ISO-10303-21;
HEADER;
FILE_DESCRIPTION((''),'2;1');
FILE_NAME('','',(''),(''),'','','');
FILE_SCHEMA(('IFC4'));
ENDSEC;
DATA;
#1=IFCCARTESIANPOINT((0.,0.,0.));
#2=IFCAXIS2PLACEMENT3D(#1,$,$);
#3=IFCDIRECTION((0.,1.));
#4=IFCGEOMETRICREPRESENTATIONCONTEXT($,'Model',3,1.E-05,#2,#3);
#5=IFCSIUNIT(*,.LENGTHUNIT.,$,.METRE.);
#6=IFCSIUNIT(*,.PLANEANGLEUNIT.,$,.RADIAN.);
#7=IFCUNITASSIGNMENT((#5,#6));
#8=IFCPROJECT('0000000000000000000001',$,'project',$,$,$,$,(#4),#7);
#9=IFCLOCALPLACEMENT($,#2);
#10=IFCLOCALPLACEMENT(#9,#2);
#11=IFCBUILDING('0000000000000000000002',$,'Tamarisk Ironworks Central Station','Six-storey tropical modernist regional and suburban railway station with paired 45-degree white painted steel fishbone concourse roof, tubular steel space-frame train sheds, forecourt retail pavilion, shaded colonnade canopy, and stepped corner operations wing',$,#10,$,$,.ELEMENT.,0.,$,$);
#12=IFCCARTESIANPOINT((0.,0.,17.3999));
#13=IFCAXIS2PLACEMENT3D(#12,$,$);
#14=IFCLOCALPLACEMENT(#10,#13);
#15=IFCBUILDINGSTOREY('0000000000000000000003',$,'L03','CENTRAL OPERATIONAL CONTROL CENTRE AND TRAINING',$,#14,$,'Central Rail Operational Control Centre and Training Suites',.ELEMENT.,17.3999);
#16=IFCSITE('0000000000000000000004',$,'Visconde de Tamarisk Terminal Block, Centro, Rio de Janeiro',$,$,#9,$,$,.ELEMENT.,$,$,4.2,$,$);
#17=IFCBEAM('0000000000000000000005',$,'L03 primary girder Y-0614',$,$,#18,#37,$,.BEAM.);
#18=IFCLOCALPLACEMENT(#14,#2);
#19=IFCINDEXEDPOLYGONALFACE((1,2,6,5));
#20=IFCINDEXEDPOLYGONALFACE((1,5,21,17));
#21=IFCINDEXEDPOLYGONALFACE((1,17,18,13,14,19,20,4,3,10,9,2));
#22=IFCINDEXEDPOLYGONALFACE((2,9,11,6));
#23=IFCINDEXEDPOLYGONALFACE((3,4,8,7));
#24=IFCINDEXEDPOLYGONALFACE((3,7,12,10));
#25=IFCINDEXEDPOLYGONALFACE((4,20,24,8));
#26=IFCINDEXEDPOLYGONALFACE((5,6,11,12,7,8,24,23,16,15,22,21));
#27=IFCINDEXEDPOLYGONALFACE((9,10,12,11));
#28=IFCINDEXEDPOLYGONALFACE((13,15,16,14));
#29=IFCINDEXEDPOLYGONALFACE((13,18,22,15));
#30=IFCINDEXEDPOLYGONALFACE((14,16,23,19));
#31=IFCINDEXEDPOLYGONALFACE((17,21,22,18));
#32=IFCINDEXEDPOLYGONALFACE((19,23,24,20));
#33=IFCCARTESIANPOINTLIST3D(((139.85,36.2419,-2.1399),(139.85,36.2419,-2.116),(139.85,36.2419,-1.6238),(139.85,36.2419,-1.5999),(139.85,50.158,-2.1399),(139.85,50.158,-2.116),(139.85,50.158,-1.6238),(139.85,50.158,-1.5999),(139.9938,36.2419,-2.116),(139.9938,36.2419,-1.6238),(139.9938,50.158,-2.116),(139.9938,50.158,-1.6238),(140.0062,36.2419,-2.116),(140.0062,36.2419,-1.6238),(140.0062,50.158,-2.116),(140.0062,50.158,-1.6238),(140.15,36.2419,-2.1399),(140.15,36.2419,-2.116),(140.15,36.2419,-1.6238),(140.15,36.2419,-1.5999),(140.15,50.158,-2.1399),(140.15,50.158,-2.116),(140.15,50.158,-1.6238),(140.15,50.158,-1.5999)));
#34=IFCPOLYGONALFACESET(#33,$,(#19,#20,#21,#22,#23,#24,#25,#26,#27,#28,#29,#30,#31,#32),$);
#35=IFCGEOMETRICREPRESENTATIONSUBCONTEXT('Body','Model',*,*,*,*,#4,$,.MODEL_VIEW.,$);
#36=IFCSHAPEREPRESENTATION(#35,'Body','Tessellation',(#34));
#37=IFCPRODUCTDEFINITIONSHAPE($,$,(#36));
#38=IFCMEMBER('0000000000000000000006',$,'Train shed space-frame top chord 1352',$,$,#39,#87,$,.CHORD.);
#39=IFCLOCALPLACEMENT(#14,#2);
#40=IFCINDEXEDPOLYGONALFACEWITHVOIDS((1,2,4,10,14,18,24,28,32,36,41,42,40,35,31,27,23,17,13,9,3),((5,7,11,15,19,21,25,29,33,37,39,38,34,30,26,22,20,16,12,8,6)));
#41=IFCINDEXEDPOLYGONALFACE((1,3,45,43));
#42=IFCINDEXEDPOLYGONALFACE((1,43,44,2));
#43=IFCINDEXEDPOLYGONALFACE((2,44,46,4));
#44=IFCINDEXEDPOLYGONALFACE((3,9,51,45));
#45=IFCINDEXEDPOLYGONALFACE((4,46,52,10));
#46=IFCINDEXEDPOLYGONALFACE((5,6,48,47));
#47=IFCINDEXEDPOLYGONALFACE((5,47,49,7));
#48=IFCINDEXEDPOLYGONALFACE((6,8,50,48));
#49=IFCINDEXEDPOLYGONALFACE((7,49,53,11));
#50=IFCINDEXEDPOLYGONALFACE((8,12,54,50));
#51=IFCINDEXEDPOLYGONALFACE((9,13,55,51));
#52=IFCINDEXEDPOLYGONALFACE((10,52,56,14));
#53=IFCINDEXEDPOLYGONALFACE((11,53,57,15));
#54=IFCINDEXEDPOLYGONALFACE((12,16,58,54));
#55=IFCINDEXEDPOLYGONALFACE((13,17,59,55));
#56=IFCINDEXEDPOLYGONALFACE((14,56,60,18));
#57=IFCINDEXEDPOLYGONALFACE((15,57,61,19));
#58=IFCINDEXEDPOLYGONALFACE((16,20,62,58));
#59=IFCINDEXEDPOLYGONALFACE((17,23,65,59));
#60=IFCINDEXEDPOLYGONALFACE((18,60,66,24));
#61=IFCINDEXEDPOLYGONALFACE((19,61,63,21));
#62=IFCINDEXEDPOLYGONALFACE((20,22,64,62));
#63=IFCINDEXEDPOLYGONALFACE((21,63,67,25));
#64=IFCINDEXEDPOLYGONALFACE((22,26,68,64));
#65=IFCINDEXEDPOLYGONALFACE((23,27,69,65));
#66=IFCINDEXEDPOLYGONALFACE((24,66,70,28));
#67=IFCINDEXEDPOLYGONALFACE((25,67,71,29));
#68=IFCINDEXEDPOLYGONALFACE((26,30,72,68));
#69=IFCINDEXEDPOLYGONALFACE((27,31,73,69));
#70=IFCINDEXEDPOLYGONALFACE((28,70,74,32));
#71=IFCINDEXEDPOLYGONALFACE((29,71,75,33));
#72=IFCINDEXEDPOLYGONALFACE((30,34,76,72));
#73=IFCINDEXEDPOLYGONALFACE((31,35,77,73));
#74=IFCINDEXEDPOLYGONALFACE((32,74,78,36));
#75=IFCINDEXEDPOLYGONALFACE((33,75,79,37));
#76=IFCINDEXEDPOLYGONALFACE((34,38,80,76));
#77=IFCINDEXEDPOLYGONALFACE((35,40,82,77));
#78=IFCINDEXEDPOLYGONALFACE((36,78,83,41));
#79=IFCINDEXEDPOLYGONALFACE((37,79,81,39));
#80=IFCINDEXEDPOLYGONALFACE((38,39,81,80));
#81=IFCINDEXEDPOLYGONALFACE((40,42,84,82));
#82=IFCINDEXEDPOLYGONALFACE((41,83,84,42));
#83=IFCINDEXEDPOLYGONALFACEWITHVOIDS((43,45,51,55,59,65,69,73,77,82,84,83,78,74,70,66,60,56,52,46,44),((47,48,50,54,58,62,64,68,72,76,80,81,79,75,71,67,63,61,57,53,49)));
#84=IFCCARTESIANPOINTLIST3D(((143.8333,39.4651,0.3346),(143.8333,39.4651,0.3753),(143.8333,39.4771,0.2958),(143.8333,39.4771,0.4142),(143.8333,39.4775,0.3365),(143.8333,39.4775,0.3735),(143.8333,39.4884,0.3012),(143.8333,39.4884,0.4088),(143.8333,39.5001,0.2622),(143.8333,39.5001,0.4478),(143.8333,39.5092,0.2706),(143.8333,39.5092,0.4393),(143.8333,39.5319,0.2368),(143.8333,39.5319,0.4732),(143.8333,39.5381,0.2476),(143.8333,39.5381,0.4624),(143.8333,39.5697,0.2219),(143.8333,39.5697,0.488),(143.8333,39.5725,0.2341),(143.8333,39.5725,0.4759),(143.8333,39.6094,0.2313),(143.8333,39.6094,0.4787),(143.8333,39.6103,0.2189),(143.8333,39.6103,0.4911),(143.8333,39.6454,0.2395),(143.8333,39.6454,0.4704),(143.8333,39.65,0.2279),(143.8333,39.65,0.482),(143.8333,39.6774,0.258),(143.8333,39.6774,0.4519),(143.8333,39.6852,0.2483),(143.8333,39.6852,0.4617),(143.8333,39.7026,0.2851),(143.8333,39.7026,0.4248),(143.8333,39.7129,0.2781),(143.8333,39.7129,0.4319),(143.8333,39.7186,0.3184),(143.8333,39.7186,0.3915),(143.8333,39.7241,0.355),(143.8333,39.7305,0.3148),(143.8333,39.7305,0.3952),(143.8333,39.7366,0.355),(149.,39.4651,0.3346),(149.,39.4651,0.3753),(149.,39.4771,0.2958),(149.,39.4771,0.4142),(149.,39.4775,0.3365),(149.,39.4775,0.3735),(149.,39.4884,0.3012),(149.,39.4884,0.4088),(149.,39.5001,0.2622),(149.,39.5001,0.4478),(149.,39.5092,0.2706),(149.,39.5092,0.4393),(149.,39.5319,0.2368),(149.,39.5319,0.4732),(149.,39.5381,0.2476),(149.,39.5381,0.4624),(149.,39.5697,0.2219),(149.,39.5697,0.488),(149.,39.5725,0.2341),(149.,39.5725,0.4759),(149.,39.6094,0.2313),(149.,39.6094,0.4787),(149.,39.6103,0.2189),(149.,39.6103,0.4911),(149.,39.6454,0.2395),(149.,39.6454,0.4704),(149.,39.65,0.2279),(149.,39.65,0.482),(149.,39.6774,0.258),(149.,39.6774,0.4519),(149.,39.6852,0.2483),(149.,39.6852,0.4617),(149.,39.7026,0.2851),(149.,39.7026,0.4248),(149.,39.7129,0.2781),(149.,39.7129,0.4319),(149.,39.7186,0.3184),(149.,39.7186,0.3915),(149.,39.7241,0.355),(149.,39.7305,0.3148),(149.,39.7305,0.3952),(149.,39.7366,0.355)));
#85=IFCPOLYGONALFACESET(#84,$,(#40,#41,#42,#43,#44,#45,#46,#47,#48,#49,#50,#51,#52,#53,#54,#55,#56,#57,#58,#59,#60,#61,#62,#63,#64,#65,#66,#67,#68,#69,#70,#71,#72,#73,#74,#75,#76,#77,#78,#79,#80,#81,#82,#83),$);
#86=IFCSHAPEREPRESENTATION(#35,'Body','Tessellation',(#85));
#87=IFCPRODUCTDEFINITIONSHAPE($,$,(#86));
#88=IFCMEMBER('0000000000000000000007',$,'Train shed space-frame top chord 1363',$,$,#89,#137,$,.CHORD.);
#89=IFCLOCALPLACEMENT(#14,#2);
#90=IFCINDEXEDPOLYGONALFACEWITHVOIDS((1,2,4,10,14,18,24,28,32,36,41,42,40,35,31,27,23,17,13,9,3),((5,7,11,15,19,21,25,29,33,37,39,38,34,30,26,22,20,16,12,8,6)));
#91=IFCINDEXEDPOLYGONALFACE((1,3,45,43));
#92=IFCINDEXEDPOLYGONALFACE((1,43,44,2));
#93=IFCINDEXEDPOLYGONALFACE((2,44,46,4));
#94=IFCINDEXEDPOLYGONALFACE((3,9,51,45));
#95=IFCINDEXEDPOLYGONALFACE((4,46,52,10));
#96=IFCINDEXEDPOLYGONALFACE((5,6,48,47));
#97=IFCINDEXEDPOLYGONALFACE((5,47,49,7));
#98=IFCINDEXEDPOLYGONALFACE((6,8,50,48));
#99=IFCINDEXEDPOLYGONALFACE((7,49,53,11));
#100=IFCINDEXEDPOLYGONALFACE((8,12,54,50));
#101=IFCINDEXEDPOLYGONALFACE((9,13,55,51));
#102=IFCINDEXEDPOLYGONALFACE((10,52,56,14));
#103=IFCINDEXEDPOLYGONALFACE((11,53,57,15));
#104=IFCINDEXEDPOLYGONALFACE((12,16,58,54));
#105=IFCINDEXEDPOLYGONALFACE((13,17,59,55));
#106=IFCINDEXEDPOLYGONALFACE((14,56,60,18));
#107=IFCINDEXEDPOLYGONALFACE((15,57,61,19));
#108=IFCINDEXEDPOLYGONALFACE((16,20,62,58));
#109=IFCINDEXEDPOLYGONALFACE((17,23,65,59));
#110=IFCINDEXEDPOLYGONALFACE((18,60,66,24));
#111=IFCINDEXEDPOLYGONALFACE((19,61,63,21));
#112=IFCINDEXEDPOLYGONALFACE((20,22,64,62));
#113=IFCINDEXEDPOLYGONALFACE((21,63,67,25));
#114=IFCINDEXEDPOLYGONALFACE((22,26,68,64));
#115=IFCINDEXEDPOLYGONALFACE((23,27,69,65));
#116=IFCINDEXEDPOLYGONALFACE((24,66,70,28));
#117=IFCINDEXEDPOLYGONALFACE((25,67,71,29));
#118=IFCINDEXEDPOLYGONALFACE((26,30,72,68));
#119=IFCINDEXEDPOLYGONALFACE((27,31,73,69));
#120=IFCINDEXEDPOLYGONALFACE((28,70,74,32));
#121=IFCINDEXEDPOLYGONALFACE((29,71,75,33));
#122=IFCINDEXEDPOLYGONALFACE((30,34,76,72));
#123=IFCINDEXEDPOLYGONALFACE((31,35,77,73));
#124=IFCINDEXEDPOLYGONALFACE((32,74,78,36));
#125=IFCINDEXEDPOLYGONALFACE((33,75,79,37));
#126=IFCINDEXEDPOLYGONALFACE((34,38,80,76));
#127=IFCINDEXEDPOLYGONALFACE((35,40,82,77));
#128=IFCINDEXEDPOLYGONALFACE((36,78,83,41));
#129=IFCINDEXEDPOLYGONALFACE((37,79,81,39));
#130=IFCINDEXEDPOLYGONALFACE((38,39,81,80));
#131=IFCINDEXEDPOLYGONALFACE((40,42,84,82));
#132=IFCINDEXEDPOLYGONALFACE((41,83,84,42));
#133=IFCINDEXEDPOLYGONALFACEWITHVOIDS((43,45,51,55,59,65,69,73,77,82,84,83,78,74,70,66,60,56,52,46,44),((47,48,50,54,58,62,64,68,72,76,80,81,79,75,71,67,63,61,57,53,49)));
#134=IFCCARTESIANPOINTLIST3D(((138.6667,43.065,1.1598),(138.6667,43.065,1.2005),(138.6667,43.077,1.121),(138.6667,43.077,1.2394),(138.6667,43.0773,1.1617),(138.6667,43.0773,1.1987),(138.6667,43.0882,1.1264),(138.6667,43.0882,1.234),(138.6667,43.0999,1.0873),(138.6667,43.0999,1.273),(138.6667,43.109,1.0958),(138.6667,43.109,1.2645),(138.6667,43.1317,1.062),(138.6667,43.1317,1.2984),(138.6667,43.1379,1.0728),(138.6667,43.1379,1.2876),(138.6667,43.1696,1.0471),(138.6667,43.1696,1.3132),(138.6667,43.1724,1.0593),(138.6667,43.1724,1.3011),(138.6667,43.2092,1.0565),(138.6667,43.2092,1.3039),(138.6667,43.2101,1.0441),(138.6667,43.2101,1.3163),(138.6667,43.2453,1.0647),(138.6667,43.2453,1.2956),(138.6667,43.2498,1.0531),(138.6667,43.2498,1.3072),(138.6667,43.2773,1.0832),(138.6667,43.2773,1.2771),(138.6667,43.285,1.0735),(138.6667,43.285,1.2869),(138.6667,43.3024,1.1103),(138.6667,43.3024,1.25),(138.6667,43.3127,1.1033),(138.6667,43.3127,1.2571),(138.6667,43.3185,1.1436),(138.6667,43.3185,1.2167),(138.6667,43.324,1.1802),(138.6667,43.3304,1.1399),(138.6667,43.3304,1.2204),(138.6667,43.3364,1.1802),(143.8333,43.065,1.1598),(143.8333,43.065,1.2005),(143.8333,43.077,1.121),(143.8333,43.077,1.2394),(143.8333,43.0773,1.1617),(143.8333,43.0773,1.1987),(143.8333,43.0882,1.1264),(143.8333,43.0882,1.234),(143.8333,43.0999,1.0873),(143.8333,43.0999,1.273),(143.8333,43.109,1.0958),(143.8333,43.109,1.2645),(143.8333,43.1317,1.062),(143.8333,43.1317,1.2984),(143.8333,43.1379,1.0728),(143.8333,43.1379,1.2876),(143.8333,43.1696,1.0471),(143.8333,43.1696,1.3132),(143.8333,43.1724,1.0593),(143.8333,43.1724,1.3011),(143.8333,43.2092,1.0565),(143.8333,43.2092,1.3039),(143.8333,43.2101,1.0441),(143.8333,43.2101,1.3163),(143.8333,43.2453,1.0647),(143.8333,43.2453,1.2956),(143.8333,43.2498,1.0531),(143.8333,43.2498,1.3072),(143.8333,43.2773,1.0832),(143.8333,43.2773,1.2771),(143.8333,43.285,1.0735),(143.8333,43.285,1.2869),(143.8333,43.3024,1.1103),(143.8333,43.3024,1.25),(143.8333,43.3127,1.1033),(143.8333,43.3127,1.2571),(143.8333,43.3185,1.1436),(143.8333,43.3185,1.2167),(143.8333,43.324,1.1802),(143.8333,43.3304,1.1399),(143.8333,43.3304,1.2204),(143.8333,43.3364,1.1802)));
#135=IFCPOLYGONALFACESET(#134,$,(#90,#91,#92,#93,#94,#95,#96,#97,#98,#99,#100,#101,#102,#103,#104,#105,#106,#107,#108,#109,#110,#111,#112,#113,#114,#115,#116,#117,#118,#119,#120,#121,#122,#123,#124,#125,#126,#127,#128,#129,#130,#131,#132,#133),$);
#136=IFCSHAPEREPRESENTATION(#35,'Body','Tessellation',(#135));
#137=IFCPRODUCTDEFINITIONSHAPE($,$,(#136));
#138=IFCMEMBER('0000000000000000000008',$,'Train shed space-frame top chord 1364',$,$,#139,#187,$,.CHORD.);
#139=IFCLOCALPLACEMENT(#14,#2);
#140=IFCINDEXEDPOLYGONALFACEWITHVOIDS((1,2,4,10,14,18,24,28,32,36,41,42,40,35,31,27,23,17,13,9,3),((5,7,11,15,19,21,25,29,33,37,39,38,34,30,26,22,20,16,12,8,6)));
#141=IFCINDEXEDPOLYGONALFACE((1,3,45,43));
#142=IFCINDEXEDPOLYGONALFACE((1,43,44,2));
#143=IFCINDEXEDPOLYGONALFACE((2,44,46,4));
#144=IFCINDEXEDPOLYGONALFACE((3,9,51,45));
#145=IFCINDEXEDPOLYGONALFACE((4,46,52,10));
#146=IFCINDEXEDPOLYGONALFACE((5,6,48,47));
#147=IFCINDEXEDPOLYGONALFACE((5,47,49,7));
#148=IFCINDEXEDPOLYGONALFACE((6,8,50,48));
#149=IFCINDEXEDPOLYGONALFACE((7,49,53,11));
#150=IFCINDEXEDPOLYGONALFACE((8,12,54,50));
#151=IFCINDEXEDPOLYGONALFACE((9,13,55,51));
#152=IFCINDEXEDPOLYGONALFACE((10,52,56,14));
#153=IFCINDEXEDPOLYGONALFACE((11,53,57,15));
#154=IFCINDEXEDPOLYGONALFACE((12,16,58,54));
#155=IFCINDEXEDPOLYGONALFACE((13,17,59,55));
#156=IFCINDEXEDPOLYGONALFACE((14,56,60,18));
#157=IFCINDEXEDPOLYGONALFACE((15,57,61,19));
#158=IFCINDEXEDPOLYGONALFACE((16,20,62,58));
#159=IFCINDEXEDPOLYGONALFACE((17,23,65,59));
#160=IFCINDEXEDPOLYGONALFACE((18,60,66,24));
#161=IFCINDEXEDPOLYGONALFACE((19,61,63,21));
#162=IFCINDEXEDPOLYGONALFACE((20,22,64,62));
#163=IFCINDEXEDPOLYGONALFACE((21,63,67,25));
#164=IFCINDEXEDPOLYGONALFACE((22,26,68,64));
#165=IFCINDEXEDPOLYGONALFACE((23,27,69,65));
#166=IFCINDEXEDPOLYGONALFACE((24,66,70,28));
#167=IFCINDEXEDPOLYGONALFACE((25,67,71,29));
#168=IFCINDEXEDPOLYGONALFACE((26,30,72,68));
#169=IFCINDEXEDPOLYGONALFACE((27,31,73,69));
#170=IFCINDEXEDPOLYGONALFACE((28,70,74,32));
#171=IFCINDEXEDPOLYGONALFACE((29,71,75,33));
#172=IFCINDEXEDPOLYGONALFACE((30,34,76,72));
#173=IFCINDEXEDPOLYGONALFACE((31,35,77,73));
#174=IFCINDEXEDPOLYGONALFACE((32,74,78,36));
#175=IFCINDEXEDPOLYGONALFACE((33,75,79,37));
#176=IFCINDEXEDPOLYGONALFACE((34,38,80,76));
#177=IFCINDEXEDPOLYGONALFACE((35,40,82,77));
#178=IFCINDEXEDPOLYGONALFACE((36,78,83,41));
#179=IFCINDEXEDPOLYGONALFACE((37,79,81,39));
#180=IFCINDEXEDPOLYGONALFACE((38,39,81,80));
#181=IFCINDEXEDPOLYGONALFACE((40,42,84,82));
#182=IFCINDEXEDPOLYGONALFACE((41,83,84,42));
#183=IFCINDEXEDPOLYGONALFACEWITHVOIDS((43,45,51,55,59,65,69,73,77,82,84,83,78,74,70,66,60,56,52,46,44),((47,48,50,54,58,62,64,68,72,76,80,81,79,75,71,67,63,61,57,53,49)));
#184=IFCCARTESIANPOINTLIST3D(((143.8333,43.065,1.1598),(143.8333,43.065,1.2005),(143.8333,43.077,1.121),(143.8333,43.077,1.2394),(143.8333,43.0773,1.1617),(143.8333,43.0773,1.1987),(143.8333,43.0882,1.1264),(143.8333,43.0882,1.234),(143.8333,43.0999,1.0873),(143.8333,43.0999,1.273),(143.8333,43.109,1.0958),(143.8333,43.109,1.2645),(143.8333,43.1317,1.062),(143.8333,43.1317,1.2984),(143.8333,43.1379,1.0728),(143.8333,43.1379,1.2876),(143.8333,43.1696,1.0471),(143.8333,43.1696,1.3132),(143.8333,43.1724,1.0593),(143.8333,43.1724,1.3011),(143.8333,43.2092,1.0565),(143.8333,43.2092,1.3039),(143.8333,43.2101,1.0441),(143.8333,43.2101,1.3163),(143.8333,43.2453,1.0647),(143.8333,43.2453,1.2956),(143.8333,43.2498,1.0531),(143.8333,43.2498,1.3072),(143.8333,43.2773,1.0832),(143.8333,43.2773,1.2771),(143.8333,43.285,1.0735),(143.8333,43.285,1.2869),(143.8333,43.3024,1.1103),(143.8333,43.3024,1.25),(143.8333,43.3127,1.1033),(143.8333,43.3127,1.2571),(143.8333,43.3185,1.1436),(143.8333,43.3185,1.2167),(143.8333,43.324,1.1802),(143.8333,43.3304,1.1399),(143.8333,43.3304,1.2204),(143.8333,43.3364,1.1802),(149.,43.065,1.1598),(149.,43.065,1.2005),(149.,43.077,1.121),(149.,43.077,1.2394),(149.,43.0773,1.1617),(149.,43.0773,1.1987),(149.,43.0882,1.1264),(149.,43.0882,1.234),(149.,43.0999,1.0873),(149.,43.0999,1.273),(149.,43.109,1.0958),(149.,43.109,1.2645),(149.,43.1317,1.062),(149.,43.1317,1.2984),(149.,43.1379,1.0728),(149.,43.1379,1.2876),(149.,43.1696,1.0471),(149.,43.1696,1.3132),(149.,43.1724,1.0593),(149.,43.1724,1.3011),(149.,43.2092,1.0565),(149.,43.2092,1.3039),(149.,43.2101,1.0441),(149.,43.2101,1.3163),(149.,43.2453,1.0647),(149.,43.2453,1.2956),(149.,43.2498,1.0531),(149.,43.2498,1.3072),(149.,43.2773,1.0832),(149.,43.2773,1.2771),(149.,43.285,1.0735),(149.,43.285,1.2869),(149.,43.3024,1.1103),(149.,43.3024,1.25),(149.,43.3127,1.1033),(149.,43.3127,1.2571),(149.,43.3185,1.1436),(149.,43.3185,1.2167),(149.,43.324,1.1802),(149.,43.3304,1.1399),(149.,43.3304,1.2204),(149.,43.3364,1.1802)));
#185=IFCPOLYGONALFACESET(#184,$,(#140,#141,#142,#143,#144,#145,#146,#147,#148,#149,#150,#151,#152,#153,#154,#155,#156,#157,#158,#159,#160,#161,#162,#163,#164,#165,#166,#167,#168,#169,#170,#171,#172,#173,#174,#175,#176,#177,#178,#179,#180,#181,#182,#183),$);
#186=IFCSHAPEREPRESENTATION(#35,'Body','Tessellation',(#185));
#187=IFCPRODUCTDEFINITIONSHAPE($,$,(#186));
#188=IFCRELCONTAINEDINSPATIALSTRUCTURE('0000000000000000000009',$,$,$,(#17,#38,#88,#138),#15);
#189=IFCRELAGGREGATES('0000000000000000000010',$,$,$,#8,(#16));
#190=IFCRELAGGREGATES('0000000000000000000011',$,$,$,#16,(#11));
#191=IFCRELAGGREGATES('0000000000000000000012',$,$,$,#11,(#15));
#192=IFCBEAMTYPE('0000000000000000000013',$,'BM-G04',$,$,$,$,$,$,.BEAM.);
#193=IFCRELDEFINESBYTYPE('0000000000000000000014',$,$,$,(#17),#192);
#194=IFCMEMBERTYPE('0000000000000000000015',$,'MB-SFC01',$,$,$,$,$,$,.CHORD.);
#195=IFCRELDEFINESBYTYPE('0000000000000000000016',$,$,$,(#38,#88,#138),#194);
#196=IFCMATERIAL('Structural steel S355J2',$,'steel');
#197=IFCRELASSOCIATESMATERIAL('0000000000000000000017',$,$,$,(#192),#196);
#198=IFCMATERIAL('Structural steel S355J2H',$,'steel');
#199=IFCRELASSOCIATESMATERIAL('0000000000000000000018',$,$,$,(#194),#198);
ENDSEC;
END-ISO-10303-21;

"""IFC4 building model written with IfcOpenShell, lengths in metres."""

from ifc_helpers import new_model, si_unit, direction, frame, origin, origin_2d, place, context, subcontext, project, spatial, hollow_circle, i_section, extrude, material, material_profile, profile_set, type_object, element, save


model = new_model("IFC4")

# Units and contexts
model_context = context("Model", 3, precision=1e-05, world=origin(), true_north=direction((0.0, 1.0)))
body_context = subcontext(model_context, "Body", "Model", "MODEL_VIEW")
ifc_project = project(units=[si_unit("LENGTHUNIT", "METRE"), si_unit("PLANEANGLEUNIT", "RADIAN")], contexts=[model_context])

# Site, building, storey
site_placement = place(None, origin())
site = spatial("IfcSite", under=ifc_project, at=site_placement, Name="Visconde de Tamarisk Terminal Block, Centro, Rio de Janeiro", CompositionType="ELEMENT", RefElevation=4.2)
building_placement = place(site_placement, origin())
building = spatial("IfcBuilding", under=site, at=building_placement, Name="Tamarisk Ironworks Central Station", Description="Six-storey tropical modernist regional and suburban railway station with paired 45-degree white painted steel fishbone concourse roof, tubular steel space-frame train sheds, forecourt retail pavilion, shaded colonnade canopy, and stepped corner operations wing", CompositionType="ELEMENT", ElevationOfRefHeight=0.0)
storey_placement = place(building_placement, frame((0.0, 0.0, 17.3999)))
storey = spatial("IfcBuildingStorey", under=building, at=storey_placement, Name="L03", Description="CENTRAL OPERATIONAL CONTROL CENTRE AND TRAINING", LongName="Central Rail Operational Control Centre and Training Suites", CompositionType="ELEMENT", Elevation=17.3999)

# Beam
ifc_material_1 = material(Name="Structural steel S355J2", Category="steel")
ifc_material_profile_1 = material_profile(ifc_material_1, i_section(OverallWidth=0.3, OverallDepth=0.54, WebThickness=0.0125, FlangeThickness=0.0239, at=origin_2d()), Name="HEA 550")
ifc_profile_set_1 = profile_set([ifc_material_profile_1], Name="Structural steel S355J2")
beam_type = type_object("IfcBeamType", Name="BM-G04", PredefinedType="BEAM", material=ifc_profile_set_1)
beam_placement = place(storey_placement, frame((140.0, 36.2419, -1.8699), z_axis=(0.0, 1.0, 0.0), x_axis=(-1.0, 0.0, 0.0)))
element("IfcBeam", 1, at=beam_placement, inside=storey, type_object=beam_type, Name="L03 primary girder Y-0614", PredefinedType="BEAM", context=body_context, shape_type="SweptSolid", body=[
    extrude(i_section(OverallWidth=0.3, OverallDepth=0.54, WebThickness=0.0125, FlangeThickness=0.0239, at=origin_2d()), origin(), (0.0, 0.0, 1.0), 13.916),
])

# Members
ifc_material_2 = material(Name="Structural steel S355J2H", Category="steel")
ifc_material_profile_2 = material_profile(ifc_material_2, hollow_circle(Radius=0.1365, WallThickness=0.0125, at=origin_2d()), Name="CHS 273x12.5")
ifc_profile_set_2 = profile_set([ifc_material_profile_2], Name="Structural steel S355J2H")
member_type_1 = type_object("IfcMemberType", Name="MB-SFC01", PredefinedType="CHORD", material=ifc_profile_set_2)
member_1_placement = place(storey_placement, frame((143.8333, 39.6001, 0.355), z_axis=(1.0, 0.0, 0.0), x_axis=(0.0, 1.0, 0.0)))
element("IfcMember", 2, at=member_1_placement, inside=storey, type_object=member_type_1, Name="Train shed space-frame top chord 1352", PredefinedType="CHORD", context=body_context, shape_type="SweptSolid", body=[
    extrude(hollow_circle(Radius=0.1365, WallThickness=0.0125, at=origin_2d()), origin(), (0.0, 0.0, 1.0), 5.1667),
])
member_2_placement = place(storey_placement, frame((138.6667, 43.2, 1.1802), z_axis=(1.0, 0.0, 0.0), x_axis=(0.0, 1.0, 0.0)))
element("IfcMember", 3, at=member_2_placement, inside=storey, type_object=member_type_1, Name="Train shed space-frame top chord 1363", PredefinedType="CHORD", context=body_context, shape_type="SweptSolid", body=[
    extrude(hollow_circle(Radius=0.1365, WallThickness=0.0125, at=origin_2d()), origin(), (0.0, 0.0, 1.0), 5.1665),
])
member_3_placement = place(storey_placement, frame((143.8333, 43.2, 1.1802), z_axis=(1.0, 0.0, 0.0), x_axis=(0.0, 1.0, 0.0)))
element("IfcMember", 4, at=member_3_placement, inside=storey, type_object=member_type_1, Name="Train shed space-frame top chord 1364", PredefinedType="CHORD", context=body_context, shape_type="SweptSolid", body=[
    extrude(hollow_circle(Radius=0.1365, WallThickness=0.0125, at=origin_2d()), origin(), (0.0, 0.0, 1.0), 5.1667),
])

save(model, "model.ifc")
